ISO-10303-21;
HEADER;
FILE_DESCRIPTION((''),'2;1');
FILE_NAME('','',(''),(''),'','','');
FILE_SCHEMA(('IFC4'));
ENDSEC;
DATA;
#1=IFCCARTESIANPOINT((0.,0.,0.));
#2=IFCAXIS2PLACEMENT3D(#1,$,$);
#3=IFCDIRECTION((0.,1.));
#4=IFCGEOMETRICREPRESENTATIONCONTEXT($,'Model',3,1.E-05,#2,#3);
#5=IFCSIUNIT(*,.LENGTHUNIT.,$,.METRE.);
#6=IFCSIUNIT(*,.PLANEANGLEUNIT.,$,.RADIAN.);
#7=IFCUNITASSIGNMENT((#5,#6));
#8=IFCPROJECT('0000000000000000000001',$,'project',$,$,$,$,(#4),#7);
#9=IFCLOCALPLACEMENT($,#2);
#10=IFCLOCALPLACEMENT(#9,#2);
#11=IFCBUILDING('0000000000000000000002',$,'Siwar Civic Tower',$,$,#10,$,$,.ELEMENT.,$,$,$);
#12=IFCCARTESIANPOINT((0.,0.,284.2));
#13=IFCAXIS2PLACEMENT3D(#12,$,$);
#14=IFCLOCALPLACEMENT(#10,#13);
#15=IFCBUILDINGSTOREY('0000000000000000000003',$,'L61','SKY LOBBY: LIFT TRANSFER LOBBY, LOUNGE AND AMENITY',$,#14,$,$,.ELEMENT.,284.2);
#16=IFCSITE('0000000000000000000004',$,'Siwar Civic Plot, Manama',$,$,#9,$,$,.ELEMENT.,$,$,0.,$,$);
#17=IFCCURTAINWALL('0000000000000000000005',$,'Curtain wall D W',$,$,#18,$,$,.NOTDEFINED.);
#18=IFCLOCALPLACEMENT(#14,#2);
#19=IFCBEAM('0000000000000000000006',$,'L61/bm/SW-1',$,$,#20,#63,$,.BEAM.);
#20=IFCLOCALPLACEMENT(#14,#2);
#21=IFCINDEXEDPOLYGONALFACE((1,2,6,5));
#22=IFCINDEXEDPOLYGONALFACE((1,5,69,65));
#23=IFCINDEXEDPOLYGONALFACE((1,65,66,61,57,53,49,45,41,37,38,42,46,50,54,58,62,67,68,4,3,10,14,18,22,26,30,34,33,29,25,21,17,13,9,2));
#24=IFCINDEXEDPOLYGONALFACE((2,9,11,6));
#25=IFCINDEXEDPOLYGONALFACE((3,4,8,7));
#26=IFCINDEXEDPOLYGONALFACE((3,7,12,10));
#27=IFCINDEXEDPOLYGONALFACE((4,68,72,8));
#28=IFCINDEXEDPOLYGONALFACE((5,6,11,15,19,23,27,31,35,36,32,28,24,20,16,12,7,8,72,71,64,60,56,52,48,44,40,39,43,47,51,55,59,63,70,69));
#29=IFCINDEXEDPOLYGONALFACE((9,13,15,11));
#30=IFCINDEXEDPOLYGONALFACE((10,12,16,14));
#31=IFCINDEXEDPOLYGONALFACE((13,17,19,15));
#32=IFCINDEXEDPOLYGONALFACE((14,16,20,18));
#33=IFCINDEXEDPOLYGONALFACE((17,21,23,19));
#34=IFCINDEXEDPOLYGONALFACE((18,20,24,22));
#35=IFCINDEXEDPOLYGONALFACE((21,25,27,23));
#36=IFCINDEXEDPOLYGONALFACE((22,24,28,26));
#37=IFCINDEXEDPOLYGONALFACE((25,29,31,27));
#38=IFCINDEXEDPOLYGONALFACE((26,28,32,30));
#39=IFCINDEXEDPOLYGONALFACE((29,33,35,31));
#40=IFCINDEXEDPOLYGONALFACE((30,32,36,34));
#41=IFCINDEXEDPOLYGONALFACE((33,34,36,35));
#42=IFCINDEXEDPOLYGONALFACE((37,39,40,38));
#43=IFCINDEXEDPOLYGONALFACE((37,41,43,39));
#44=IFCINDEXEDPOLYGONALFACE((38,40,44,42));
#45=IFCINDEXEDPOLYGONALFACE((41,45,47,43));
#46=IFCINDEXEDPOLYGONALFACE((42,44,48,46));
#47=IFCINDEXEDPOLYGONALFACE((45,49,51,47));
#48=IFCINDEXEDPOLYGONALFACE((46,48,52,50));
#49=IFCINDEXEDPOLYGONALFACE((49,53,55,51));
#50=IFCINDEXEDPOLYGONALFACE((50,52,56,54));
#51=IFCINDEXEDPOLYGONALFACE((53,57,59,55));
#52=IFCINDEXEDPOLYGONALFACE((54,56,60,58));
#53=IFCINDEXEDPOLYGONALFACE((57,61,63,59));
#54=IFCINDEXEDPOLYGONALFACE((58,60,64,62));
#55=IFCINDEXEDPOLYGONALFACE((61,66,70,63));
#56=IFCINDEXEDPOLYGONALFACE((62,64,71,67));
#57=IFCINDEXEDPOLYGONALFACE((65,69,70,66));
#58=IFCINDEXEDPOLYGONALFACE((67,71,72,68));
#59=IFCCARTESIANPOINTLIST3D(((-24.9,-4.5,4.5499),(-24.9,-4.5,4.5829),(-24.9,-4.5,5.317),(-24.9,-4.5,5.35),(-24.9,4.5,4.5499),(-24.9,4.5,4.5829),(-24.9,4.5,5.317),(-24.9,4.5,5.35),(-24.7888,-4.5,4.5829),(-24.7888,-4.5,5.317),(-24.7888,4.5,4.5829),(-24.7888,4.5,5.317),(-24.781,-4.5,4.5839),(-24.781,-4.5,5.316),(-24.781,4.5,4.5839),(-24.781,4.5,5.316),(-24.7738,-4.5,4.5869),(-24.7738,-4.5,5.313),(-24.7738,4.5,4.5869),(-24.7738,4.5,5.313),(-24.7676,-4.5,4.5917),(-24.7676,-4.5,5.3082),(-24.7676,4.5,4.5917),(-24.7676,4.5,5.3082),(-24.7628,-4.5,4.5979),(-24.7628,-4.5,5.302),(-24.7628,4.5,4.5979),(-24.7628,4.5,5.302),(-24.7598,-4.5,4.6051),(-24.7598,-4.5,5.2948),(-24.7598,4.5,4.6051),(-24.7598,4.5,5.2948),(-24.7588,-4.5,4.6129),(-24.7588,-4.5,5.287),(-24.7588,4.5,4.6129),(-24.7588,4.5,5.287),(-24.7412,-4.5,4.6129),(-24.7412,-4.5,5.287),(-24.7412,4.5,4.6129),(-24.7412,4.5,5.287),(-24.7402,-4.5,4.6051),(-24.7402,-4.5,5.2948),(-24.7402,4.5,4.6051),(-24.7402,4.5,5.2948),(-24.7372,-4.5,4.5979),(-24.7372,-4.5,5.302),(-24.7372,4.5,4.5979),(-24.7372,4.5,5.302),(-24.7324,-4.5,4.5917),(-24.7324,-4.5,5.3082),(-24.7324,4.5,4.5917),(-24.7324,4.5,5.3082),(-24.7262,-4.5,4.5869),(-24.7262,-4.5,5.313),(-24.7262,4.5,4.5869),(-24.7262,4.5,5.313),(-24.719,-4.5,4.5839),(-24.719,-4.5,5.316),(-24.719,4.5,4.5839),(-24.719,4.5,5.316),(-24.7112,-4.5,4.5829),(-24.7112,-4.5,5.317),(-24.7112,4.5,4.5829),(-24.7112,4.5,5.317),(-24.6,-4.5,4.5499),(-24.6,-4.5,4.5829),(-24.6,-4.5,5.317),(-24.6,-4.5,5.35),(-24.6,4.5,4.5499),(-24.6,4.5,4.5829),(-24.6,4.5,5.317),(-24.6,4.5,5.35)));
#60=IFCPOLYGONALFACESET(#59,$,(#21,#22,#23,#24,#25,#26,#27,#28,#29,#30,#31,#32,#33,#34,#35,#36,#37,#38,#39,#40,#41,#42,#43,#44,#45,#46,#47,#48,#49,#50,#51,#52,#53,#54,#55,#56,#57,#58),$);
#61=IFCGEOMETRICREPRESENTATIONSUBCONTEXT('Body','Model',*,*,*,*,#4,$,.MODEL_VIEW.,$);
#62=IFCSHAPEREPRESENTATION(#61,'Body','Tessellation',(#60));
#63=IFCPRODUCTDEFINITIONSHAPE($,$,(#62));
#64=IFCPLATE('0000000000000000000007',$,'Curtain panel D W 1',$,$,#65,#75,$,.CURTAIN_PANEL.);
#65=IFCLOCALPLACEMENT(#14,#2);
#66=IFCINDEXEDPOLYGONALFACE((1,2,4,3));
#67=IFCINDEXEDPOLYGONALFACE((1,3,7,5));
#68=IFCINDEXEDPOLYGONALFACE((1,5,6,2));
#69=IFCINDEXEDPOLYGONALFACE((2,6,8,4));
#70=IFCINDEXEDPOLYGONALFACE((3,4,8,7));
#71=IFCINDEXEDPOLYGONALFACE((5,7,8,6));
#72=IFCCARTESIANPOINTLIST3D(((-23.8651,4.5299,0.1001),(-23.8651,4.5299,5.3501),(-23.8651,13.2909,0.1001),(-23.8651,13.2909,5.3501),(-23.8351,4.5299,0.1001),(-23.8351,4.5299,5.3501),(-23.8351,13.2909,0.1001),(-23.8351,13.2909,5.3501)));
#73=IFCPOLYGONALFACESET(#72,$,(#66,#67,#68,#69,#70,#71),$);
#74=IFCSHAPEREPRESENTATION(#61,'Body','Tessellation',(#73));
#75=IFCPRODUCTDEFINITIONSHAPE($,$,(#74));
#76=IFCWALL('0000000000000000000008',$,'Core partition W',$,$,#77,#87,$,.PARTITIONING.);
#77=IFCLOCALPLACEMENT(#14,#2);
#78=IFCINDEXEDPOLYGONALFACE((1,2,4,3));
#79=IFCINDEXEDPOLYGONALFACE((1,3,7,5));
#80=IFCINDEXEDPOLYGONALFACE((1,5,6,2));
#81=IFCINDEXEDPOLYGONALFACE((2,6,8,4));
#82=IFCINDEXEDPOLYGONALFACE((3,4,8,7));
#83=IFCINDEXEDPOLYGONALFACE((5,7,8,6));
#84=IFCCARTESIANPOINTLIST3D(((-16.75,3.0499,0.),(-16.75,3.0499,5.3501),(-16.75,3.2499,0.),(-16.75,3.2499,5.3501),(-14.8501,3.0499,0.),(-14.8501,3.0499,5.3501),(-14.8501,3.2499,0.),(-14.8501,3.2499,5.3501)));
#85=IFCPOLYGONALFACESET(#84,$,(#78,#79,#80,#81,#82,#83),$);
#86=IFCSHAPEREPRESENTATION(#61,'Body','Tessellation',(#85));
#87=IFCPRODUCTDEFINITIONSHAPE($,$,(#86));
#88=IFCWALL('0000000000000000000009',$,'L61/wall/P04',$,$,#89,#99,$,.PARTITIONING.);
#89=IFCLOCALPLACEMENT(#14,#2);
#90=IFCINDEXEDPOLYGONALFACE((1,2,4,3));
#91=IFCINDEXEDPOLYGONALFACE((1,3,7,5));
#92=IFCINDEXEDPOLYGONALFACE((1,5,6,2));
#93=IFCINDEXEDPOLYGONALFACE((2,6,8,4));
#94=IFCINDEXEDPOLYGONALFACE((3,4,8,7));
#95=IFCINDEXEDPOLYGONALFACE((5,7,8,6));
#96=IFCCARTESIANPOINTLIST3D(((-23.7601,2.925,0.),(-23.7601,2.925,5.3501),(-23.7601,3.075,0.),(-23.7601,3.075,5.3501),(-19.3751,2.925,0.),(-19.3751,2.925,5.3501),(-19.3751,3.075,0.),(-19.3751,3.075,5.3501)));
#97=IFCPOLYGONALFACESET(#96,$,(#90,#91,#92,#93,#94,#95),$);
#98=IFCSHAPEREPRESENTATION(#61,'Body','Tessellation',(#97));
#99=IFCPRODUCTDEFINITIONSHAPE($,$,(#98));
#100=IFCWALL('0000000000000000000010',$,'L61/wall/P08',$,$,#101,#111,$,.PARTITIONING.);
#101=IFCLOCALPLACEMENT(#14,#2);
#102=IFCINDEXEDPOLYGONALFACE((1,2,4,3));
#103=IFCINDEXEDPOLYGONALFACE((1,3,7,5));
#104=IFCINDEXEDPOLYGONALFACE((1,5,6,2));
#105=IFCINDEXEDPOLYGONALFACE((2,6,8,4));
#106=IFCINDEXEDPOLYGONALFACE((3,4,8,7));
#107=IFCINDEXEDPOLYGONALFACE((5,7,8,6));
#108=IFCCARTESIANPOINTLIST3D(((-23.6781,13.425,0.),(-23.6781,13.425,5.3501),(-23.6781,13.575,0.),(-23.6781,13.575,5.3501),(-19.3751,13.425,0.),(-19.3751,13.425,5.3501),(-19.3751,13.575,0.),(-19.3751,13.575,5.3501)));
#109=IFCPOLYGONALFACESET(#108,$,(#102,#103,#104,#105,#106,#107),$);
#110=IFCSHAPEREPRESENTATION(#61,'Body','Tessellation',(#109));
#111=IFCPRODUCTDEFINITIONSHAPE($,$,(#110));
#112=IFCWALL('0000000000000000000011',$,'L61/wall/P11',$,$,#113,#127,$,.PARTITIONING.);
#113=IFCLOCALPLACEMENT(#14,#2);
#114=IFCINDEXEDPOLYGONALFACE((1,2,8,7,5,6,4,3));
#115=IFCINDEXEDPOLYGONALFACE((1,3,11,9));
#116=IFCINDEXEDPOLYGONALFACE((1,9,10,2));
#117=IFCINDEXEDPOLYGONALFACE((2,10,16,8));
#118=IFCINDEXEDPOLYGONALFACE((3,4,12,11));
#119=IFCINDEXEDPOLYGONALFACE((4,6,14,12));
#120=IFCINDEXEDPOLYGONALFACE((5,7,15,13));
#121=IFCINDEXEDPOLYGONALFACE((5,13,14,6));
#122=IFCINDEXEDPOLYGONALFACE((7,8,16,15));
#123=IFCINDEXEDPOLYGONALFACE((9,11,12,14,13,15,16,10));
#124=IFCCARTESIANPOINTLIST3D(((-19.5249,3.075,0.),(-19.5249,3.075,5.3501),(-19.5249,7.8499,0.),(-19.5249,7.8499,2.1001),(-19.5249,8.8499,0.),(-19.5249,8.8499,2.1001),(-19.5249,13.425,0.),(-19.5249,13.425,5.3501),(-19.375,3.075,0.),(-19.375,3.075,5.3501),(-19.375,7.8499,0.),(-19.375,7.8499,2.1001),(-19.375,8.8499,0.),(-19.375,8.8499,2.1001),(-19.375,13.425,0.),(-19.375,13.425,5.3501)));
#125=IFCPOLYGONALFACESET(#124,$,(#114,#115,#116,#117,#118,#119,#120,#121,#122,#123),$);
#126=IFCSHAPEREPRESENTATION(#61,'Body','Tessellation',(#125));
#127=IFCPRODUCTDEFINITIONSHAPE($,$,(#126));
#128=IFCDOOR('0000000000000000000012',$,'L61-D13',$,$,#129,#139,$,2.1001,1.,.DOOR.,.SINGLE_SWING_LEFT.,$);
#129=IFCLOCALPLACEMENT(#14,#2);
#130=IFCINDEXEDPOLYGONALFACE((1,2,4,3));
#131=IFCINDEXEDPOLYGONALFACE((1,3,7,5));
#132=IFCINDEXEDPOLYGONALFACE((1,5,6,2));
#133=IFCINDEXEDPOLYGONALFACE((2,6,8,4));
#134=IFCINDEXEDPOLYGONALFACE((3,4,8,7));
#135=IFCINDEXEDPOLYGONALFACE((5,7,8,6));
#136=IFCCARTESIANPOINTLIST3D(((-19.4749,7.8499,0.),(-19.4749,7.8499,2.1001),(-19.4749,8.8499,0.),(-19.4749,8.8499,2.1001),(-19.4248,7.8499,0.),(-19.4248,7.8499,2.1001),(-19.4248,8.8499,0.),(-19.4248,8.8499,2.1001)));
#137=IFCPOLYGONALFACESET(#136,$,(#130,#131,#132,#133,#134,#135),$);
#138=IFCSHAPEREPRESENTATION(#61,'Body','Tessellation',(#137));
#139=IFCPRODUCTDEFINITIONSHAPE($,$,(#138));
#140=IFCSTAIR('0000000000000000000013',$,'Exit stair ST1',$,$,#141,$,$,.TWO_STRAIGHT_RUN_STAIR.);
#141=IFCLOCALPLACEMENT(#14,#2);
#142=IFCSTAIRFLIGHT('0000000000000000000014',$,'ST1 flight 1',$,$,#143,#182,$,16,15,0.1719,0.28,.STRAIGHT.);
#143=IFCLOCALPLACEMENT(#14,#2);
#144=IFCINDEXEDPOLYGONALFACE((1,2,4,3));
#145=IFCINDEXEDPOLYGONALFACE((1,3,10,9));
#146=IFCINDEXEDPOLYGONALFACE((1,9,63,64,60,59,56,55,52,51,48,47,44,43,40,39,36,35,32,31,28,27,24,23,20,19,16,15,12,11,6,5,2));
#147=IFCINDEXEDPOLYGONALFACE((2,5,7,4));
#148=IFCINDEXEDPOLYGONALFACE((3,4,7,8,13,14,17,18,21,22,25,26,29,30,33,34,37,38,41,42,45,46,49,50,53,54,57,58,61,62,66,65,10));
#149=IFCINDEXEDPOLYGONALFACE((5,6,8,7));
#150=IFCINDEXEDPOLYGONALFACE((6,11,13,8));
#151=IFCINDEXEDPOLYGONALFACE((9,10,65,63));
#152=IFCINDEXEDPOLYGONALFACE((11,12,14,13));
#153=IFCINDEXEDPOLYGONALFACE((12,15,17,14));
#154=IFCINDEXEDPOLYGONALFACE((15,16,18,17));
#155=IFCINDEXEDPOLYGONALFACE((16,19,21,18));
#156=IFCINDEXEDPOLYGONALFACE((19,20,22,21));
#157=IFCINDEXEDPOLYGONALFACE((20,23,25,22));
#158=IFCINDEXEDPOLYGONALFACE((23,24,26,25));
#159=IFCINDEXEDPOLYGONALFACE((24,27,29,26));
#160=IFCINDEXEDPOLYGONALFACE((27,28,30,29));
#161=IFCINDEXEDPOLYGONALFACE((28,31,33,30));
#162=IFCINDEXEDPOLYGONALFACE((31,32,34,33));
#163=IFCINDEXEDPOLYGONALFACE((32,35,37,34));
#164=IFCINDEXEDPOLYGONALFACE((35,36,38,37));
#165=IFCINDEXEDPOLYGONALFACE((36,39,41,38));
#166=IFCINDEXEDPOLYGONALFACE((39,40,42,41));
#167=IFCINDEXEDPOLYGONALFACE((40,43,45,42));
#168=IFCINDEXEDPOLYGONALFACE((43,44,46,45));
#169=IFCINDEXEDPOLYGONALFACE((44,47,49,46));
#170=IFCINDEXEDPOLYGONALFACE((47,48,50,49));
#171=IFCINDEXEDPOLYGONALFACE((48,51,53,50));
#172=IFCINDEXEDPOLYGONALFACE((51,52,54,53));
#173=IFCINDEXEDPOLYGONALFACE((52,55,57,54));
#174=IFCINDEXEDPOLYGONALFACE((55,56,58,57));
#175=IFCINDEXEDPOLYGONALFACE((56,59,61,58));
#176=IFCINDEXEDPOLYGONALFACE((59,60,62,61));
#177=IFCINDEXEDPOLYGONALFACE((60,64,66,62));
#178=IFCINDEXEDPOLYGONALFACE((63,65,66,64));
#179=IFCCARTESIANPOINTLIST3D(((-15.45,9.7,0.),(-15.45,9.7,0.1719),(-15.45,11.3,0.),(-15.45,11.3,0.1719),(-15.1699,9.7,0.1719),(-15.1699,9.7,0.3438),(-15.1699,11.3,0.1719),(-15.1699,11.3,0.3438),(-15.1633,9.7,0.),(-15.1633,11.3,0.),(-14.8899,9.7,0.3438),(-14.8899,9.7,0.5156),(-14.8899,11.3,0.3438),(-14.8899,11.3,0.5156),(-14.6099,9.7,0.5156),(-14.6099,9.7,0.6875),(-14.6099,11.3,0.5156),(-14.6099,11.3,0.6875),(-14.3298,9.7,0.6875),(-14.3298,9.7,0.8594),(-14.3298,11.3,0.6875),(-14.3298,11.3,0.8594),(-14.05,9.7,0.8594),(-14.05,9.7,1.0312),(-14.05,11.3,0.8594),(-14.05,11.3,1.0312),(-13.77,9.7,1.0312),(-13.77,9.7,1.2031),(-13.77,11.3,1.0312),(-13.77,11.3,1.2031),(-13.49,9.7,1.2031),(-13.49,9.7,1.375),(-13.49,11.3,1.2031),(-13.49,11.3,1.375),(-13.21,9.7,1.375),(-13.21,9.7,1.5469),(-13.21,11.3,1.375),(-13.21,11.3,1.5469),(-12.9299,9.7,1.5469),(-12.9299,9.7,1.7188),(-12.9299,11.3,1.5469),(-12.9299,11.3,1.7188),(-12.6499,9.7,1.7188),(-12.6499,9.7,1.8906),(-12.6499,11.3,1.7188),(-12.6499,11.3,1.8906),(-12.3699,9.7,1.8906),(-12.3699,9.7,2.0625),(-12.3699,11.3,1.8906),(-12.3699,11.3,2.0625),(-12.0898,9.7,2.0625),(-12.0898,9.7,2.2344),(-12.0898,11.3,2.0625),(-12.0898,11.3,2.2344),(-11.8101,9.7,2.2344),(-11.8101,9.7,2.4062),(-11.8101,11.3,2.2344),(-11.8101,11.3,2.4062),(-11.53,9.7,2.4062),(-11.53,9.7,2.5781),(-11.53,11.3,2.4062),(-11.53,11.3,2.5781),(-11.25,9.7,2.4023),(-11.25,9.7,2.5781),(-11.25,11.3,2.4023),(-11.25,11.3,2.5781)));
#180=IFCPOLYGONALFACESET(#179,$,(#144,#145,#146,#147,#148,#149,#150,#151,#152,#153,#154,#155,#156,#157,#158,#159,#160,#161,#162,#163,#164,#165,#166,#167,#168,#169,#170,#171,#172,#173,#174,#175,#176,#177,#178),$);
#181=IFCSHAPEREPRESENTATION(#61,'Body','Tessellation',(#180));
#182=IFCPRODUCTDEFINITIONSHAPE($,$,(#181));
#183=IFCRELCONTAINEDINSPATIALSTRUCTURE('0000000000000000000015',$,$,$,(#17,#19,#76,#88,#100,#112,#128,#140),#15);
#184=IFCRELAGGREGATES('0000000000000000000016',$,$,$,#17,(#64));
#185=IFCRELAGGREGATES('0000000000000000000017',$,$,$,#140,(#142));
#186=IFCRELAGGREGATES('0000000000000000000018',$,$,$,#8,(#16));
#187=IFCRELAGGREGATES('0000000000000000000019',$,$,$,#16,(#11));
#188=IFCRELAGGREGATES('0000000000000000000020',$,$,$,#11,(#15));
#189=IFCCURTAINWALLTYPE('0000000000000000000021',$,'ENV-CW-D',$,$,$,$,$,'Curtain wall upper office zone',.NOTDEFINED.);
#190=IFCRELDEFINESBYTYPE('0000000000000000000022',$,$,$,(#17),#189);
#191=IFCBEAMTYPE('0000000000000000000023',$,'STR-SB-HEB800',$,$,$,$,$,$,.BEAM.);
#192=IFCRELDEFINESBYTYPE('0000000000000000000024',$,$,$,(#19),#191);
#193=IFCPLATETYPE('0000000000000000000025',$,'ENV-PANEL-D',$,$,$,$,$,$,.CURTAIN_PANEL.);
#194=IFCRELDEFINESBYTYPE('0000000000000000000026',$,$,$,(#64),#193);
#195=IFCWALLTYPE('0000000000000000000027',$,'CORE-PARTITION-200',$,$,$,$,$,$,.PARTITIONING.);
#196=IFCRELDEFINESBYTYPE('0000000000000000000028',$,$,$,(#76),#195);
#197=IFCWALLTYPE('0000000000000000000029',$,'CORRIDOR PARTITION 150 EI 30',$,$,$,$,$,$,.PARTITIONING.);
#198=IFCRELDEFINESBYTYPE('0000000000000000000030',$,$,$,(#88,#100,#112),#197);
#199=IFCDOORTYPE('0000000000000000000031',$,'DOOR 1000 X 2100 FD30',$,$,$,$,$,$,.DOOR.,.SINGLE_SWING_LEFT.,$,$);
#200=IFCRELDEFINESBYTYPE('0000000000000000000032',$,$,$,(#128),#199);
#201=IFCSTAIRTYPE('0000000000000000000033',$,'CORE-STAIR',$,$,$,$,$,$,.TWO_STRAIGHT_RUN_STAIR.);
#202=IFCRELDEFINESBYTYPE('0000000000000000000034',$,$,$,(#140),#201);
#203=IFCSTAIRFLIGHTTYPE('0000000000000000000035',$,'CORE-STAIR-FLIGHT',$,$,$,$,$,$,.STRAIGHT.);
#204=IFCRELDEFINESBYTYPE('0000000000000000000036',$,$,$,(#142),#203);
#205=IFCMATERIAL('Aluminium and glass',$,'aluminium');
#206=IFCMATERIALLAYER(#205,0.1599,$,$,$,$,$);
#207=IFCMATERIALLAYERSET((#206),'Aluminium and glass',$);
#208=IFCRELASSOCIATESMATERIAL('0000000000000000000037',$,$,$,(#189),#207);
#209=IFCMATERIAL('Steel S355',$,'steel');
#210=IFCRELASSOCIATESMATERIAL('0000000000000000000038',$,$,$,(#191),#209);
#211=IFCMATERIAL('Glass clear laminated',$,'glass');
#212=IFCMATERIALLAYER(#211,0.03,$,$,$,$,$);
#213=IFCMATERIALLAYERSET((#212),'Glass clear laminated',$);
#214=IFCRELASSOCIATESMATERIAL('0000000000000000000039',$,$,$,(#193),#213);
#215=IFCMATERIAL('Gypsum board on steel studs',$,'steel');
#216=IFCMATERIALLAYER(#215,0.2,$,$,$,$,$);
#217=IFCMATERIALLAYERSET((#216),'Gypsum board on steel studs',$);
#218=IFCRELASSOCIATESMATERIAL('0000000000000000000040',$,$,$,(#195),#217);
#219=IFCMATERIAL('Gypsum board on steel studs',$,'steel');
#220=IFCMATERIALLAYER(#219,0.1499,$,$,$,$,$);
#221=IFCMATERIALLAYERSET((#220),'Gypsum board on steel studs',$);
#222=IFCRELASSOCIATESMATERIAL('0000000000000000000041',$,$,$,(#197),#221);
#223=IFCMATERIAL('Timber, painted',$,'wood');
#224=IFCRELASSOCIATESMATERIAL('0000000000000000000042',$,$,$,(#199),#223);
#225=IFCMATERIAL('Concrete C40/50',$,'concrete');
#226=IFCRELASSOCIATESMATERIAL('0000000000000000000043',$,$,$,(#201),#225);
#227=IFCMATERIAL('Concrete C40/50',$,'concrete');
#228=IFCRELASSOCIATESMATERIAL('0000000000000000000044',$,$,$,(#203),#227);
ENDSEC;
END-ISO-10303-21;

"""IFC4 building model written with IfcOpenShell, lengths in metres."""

from ifc_helpers import new_model, si_unit, direction, frame, frame_2d, origin, origin_2d, place, context, subcontext, project, spatial, polyline, rectangle, i_section, outline, extrude, material, layer, layer_set, material_profile, profile_set, type_object, element, fill, aggregate, save


model = new_model("IFC4")

# Units and contexts
model_context = context("Model", 3, precision=1e-05, world=origin(), true_north=direction((0.0, 1.0)))
body_context = subcontext(model_context, "Body", "Model", "MODEL_VIEW")
ifc_project = project(units=[si_unit("LENGTHUNIT", "METRE"), si_unit("PLANEANGLEUNIT", "RADIAN")], contexts=[model_context])

# Site, building, storey
site_placement = place(None, origin())
site = spatial("IfcSite", under=ifc_project, at=site_placement, Name="Siwar Civic Plot, Manama", CompositionType="ELEMENT", RefElevation=0.0)
building_placement = place(site_placement, origin())
building = spatial("IfcBuilding", under=site, at=building_placement, Name="Siwar Civic Tower", CompositionType="ELEMENT")
storey_placement = place(building_placement, frame((0.0, 0.0, 284.2)))
storey = spatial("IfcBuildingStorey", under=building, at=storey_placement, Name="L61", Description="SKY LOBBY: LIFT TRANSFER LOBBY, LOUNGE AND AMENITY", CompositionType="ELEMENT", Elevation=284.2)

# Curtain wall
ifc_material_1 = material(Name="Aluminium and glass", Category="aluminium")
ifc_layer_1 = layer(ifc_material_1, 0.1599)
ifc_layer_set_1 = layer_set([ifc_layer_1], Name="Aluminium and glass")
curtain_wall_type = type_object("IfcCurtainWallType", Name="ENV-CW-D", ElementType="Curtain wall upper office zone", PredefinedType="NOTDEFINED", material=ifc_layer_set_1)
curtain_wall_placement = place(storey_placement, origin())
curtain_wall = element("IfcCurtainWall", 1, at=curtain_wall_placement, inside=storey, type_object=curtain_wall_type, Name="Curtain wall D W", PredefinedType="NOTDEFINED")

# Beam
ifc_material_2 = material(Name="Steel S355", Category="steel")
ifc_material_profile_1 = material_profile(ifc_material_2, i_section(OverallWidth=0.3, OverallDepth=0.8, WebThickness=0.0176, FlangeThickness=0.033, FilletRadius=0.03, at=origin_2d()), Name="HEB800")
ifc_profile_set_1 = profile_set([ifc_material_profile_1], Name="Steel S355")
beam_type_1 = type_object("IfcBeamType", Name="STR-SB-HEB800", PredefinedType="BEAM", material=ifc_profile_set_1)
for number, where, z_axis, x_axis, name in (
    (2, (-24.75, 4.5, 4.95), (0.0, -1.0, 0.0), (1.0, 0.0, 0.0), "L61/bm/SW-1"),
):
    element("IfcBeam", number, at=place(storey_placement, frame(where, z_axis=z_axis, x_axis=x_axis)), inside=storey, type_object=beam_type_1, Name=name, PredefinedType="BEAM", context=body_context, shape_type="SweptSolid", body=[
        extrude(i_section(OverallWidth=0.3, OverallDepth=0.8, WebThickness=0.0176, FlangeThickness=0.033, FilletRadius=0.03, at=origin_2d()), origin(), (0.0, 0.0, 1.0), 9.0),
    ])

# Plate
ifc_material_3 = material(Name="Glass clear laminated", Category="glass")
ifc_layer_2 = layer(ifc_material_3, 0.03)
ifc_layer_set_2 = layer_set([ifc_layer_2], Name="Glass clear laminated")
plate_type = type_object("IfcPlateType", Name="ENV-PANEL-D", PredefinedType="CURTAIN_PANEL", material=ifc_layer_set_2)
plate_placement = place(storey_placement, frame((-23.8501, 8.9104, 0.1001), z_axis=(0.0, 0.0, 1.0), x_axis=(0.0, -1.0, 0.0)))
plate = element("IfcPlate", 3, at=plate_placement, type_object=plate_type, Name="Curtain panel D W 1", PredefinedType="CURTAIN_PANEL", context=body_context, shape_type="SweptSolid", body=[
    extrude(rectangle(XDim=8.761, YDim=0.03, at=origin_2d()), origin(), (0.0, 0.0, 1.0), 5.25),
])
aggregate(curtain_wall, [plate])

# Walls
ifc_material_4 = material(Name="Gypsum board on steel studs", Category="steel")
ifc_layer_3 = layer(ifc_material_4, 0.2)
ifc_layer_set_3 = layer_set([ifc_layer_3], Name="Gypsum board on steel studs")
wall_type_1 = type_object("IfcWallType", Name="CORE-PARTITION-200", PredefinedType="PARTITIONING", material=ifc_layer_set_3)
wall_1_placement = place(storey_placement, frame((-14.8501, 3.1499, 0.0), z_axis=(0.0, 0.0, 1.0), x_axis=(-1.0, 0.0, 0.0)))
element("IfcWall", 4, at=wall_1_placement, inside=storey, type_object=wall_type_1, Name="Core partition W", PredefinedType="PARTITIONING", context=body_context, shape_type="SweptSolid", body=[
    extrude(rectangle(XDim=1.8999, YDim=0.2, at=frame_2d((0.95, 0.0))), origin(), (0.0, 0.0, 1.0), 5.3501),
])
ifc_material_5 = material(Name="Gypsum board on steel studs", Category="steel")
ifc_layer_4 = layer(ifc_material_5, 0.1499)
ifc_layer_set_4 = layer_set([ifc_layer_4], Name="Gypsum board on steel studs")
wall_type_2 = type_object("IfcWallType", Name="CORRIDOR PARTITION 150 EI 30", PredefinedType="PARTITIONING", material=ifc_layer_set_4)
wall_2_placement = place(storey_placement, frame((-23.76, 3.0, 0.0), z_axis=(0.0, 0.0, 1.0), x_axis=(1.0, 0.0, 0.0)))
element("IfcWall", 5, at=wall_2_placement, inside=storey, type_object=wall_type_2, Name="L61/wall/P04", PredefinedType="PARTITIONING", context=body_context, shape_type="SweptSolid", body=[
    extrude(rectangle(XDim=4.385, YDim=0.1499, at=frame_2d((2.1924, 0.0))), origin(), (0.0, 0.0, 1.0), 5.3501),
])
wall_3_placement = place(storey_placement, frame((-23.678, 13.5, 0.0), z_axis=(0.0, 0.0, 1.0), x_axis=(1.0, 0.0, 0.0)))
element("IfcWall", 6, at=wall_3_placement, inside=storey, type_object=wall_type_2, Name="L61/wall/P08", PredefinedType="PARTITIONING", context=body_context, shape_type="SweptSolid", body=[
    extrude(rectangle(XDim=4.303, YDim=0.1499, at=frame_2d((2.1514, 0.0))), origin(), (0.0, 0.0, 1.0), 5.3501),
])

# Wall, opening, door
wall_4_placement = place(storey_placement, frame((-19.45, 3.075, 0.0), z_axis=(0.0, 0.0, 1.0), x_axis=(0.0, 1.0, 0.0)))
wall_4 = element("IfcWall", 7, at=wall_4_placement, inside=storey, type_object=wall_type_2, Name="L61/wall/P11", PredefinedType="PARTITIONING", context=body_context, shape_type="SweptSolid", body=[
    extrude(rectangle(XDim=10.3501, YDim=0.1499, at=frame_2d((5.175, 0.0))), origin(), (0.0, 0.0, 1.0), 5.3501),
])
opening_placement = place(wall_4_placement, frame((4.7749, 0.0, 0.0)))
opening = element("IfcOpeningElement", 8, at=opening_placement, cuts=wall_4, PredefinedType="OPENING", context=body_context, shape_type="SweptSolid", body=[
    extrude(rectangle(XDim=1.0, YDim=2.1001, at=frame_2d((0.5, 1.05))), frame((0.0, 0.085, 0.0), z_axis=(0.0, -1.0, 0.0), x_axis=(1.0, 0.0, 0.0)), (0.0, 0.0, 1.0), 0.1699),
])
ifc_material_6 = material(Name="Timber, painted", Category="wood")
door_type = type_object("IfcDoorType", Name="DOOR 1000 X 2100 FD30", OperationType="SINGLE_SWING_LEFT", PredefinedType="DOOR", material=ifc_material_6)
door_placement = place(opening_placement, origin())
door = element("IfcDoor", 9, at=door_placement, inside=storey, type_object=door_type, Name="L61-D13", OperationType="SINGLE_SWING_LEFT", OverallHeight=2.1001, OverallWidth=1.0, PredefinedType="DOOR", context=body_context, shape_type="SweptSolid", body=[
    extrude(rectangle(XDim=1.0, YDim=2.1001, at=frame_2d((0.5, 1.05))), frame((0.0, 0.0249, 0.0), z_axis=(0.0, -1.0, 0.0), x_axis=(1.0, 0.0, 0.0)), (0.0, 0.0, 1.0), 0.05),
])
fill(opening, door)

# Stair, stair flight
ifc_material_7 = material(Name="Concrete C40/50", Category="concrete")
stair_type = type_object("IfcStairType", Name="CORE-STAIR", PredefinedType="TWO_STRAIGHT_RUN_STAIR", material=ifc_material_7)
stair_placement = place(storey_placement, origin())
stair = element("IfcStair", 10, at=stair_placement, inside=storey, type_object=stair_type, Name="Exit stair ST1", PredefinedType="TWO_STRAIGHT_RUN_STAIR")
ifc_material_8 = material(Name="Concrete C40/50", Category="concrete")
stair_flight_type = type_object("IfcStairFlightType", Name="CORE-STAIR-FLIGHT", PredefinedType="STRAIGHT", material=ifc_material_8)
stair_flight_placement = place(storey_placement, frame((-15.45, 10.5, 0.0), z_axis=(0.0, 0.0, 1.0), x_axis=(1.0, 0.0, 0.0)))
stair_flight = element("IfcStairFlight", 11, at=stair_flight_placement, type_object=stair_flight_type, Name="ST1 flight 1", NumberOfRisers=16, NumberOfTreads=15, PredefinedType="STRAIGHT", RiserHeight=0.1719, TreadLength=0.28, context=body_context, shape_type="SweptSolid", body=[
    extrude(outline(polyline([(0.0, 0.0), (0.0, 0.1719), (0.28, 0.1719), (0.28, 0.3438), (0.5601, 0.3438), (0.5601, 0.5156), (0.8401, 0.5156), (0.8401, 0.6875), (1.1201, 0.6875), (1.1201, 0.8594), (1.3999, 0.8594), (1.3999, 1.0312), (1.6799, 1.0312), (1.6799, 1.2031), (1.96, 1.2031), (1.96, 1.375), (2.24, 1.375), (2.24, 1.5469), (2.52, 1.5469), (2.52, 1.7188), (2.8, 1.7188), (2.8, 1.8906), (3.0801, 1.8906), (3.0801, 2.0625), (3.3601, 2.0625), (3.3601, 2.2344), (3.6399, 2.2344), (3.6399, 2.4062), (3.9199, 2.4062), (3.9199, 2.5781), (4.2, 2.5781), (4.2, 2.75), (4.2, 2.4023), (0.2866, 0.0), (0.0, 0.0)])), frame((0.0, 0.8, 0.0), z_axis=(0.0, -1.0, 0.0), x_axis=(1.0, 0.0, 0.0)), (0.0, 0.0, 1.0), 1.6001),
])
aggregate(stair, [stair_flight])

save(model, "model.ifc")
